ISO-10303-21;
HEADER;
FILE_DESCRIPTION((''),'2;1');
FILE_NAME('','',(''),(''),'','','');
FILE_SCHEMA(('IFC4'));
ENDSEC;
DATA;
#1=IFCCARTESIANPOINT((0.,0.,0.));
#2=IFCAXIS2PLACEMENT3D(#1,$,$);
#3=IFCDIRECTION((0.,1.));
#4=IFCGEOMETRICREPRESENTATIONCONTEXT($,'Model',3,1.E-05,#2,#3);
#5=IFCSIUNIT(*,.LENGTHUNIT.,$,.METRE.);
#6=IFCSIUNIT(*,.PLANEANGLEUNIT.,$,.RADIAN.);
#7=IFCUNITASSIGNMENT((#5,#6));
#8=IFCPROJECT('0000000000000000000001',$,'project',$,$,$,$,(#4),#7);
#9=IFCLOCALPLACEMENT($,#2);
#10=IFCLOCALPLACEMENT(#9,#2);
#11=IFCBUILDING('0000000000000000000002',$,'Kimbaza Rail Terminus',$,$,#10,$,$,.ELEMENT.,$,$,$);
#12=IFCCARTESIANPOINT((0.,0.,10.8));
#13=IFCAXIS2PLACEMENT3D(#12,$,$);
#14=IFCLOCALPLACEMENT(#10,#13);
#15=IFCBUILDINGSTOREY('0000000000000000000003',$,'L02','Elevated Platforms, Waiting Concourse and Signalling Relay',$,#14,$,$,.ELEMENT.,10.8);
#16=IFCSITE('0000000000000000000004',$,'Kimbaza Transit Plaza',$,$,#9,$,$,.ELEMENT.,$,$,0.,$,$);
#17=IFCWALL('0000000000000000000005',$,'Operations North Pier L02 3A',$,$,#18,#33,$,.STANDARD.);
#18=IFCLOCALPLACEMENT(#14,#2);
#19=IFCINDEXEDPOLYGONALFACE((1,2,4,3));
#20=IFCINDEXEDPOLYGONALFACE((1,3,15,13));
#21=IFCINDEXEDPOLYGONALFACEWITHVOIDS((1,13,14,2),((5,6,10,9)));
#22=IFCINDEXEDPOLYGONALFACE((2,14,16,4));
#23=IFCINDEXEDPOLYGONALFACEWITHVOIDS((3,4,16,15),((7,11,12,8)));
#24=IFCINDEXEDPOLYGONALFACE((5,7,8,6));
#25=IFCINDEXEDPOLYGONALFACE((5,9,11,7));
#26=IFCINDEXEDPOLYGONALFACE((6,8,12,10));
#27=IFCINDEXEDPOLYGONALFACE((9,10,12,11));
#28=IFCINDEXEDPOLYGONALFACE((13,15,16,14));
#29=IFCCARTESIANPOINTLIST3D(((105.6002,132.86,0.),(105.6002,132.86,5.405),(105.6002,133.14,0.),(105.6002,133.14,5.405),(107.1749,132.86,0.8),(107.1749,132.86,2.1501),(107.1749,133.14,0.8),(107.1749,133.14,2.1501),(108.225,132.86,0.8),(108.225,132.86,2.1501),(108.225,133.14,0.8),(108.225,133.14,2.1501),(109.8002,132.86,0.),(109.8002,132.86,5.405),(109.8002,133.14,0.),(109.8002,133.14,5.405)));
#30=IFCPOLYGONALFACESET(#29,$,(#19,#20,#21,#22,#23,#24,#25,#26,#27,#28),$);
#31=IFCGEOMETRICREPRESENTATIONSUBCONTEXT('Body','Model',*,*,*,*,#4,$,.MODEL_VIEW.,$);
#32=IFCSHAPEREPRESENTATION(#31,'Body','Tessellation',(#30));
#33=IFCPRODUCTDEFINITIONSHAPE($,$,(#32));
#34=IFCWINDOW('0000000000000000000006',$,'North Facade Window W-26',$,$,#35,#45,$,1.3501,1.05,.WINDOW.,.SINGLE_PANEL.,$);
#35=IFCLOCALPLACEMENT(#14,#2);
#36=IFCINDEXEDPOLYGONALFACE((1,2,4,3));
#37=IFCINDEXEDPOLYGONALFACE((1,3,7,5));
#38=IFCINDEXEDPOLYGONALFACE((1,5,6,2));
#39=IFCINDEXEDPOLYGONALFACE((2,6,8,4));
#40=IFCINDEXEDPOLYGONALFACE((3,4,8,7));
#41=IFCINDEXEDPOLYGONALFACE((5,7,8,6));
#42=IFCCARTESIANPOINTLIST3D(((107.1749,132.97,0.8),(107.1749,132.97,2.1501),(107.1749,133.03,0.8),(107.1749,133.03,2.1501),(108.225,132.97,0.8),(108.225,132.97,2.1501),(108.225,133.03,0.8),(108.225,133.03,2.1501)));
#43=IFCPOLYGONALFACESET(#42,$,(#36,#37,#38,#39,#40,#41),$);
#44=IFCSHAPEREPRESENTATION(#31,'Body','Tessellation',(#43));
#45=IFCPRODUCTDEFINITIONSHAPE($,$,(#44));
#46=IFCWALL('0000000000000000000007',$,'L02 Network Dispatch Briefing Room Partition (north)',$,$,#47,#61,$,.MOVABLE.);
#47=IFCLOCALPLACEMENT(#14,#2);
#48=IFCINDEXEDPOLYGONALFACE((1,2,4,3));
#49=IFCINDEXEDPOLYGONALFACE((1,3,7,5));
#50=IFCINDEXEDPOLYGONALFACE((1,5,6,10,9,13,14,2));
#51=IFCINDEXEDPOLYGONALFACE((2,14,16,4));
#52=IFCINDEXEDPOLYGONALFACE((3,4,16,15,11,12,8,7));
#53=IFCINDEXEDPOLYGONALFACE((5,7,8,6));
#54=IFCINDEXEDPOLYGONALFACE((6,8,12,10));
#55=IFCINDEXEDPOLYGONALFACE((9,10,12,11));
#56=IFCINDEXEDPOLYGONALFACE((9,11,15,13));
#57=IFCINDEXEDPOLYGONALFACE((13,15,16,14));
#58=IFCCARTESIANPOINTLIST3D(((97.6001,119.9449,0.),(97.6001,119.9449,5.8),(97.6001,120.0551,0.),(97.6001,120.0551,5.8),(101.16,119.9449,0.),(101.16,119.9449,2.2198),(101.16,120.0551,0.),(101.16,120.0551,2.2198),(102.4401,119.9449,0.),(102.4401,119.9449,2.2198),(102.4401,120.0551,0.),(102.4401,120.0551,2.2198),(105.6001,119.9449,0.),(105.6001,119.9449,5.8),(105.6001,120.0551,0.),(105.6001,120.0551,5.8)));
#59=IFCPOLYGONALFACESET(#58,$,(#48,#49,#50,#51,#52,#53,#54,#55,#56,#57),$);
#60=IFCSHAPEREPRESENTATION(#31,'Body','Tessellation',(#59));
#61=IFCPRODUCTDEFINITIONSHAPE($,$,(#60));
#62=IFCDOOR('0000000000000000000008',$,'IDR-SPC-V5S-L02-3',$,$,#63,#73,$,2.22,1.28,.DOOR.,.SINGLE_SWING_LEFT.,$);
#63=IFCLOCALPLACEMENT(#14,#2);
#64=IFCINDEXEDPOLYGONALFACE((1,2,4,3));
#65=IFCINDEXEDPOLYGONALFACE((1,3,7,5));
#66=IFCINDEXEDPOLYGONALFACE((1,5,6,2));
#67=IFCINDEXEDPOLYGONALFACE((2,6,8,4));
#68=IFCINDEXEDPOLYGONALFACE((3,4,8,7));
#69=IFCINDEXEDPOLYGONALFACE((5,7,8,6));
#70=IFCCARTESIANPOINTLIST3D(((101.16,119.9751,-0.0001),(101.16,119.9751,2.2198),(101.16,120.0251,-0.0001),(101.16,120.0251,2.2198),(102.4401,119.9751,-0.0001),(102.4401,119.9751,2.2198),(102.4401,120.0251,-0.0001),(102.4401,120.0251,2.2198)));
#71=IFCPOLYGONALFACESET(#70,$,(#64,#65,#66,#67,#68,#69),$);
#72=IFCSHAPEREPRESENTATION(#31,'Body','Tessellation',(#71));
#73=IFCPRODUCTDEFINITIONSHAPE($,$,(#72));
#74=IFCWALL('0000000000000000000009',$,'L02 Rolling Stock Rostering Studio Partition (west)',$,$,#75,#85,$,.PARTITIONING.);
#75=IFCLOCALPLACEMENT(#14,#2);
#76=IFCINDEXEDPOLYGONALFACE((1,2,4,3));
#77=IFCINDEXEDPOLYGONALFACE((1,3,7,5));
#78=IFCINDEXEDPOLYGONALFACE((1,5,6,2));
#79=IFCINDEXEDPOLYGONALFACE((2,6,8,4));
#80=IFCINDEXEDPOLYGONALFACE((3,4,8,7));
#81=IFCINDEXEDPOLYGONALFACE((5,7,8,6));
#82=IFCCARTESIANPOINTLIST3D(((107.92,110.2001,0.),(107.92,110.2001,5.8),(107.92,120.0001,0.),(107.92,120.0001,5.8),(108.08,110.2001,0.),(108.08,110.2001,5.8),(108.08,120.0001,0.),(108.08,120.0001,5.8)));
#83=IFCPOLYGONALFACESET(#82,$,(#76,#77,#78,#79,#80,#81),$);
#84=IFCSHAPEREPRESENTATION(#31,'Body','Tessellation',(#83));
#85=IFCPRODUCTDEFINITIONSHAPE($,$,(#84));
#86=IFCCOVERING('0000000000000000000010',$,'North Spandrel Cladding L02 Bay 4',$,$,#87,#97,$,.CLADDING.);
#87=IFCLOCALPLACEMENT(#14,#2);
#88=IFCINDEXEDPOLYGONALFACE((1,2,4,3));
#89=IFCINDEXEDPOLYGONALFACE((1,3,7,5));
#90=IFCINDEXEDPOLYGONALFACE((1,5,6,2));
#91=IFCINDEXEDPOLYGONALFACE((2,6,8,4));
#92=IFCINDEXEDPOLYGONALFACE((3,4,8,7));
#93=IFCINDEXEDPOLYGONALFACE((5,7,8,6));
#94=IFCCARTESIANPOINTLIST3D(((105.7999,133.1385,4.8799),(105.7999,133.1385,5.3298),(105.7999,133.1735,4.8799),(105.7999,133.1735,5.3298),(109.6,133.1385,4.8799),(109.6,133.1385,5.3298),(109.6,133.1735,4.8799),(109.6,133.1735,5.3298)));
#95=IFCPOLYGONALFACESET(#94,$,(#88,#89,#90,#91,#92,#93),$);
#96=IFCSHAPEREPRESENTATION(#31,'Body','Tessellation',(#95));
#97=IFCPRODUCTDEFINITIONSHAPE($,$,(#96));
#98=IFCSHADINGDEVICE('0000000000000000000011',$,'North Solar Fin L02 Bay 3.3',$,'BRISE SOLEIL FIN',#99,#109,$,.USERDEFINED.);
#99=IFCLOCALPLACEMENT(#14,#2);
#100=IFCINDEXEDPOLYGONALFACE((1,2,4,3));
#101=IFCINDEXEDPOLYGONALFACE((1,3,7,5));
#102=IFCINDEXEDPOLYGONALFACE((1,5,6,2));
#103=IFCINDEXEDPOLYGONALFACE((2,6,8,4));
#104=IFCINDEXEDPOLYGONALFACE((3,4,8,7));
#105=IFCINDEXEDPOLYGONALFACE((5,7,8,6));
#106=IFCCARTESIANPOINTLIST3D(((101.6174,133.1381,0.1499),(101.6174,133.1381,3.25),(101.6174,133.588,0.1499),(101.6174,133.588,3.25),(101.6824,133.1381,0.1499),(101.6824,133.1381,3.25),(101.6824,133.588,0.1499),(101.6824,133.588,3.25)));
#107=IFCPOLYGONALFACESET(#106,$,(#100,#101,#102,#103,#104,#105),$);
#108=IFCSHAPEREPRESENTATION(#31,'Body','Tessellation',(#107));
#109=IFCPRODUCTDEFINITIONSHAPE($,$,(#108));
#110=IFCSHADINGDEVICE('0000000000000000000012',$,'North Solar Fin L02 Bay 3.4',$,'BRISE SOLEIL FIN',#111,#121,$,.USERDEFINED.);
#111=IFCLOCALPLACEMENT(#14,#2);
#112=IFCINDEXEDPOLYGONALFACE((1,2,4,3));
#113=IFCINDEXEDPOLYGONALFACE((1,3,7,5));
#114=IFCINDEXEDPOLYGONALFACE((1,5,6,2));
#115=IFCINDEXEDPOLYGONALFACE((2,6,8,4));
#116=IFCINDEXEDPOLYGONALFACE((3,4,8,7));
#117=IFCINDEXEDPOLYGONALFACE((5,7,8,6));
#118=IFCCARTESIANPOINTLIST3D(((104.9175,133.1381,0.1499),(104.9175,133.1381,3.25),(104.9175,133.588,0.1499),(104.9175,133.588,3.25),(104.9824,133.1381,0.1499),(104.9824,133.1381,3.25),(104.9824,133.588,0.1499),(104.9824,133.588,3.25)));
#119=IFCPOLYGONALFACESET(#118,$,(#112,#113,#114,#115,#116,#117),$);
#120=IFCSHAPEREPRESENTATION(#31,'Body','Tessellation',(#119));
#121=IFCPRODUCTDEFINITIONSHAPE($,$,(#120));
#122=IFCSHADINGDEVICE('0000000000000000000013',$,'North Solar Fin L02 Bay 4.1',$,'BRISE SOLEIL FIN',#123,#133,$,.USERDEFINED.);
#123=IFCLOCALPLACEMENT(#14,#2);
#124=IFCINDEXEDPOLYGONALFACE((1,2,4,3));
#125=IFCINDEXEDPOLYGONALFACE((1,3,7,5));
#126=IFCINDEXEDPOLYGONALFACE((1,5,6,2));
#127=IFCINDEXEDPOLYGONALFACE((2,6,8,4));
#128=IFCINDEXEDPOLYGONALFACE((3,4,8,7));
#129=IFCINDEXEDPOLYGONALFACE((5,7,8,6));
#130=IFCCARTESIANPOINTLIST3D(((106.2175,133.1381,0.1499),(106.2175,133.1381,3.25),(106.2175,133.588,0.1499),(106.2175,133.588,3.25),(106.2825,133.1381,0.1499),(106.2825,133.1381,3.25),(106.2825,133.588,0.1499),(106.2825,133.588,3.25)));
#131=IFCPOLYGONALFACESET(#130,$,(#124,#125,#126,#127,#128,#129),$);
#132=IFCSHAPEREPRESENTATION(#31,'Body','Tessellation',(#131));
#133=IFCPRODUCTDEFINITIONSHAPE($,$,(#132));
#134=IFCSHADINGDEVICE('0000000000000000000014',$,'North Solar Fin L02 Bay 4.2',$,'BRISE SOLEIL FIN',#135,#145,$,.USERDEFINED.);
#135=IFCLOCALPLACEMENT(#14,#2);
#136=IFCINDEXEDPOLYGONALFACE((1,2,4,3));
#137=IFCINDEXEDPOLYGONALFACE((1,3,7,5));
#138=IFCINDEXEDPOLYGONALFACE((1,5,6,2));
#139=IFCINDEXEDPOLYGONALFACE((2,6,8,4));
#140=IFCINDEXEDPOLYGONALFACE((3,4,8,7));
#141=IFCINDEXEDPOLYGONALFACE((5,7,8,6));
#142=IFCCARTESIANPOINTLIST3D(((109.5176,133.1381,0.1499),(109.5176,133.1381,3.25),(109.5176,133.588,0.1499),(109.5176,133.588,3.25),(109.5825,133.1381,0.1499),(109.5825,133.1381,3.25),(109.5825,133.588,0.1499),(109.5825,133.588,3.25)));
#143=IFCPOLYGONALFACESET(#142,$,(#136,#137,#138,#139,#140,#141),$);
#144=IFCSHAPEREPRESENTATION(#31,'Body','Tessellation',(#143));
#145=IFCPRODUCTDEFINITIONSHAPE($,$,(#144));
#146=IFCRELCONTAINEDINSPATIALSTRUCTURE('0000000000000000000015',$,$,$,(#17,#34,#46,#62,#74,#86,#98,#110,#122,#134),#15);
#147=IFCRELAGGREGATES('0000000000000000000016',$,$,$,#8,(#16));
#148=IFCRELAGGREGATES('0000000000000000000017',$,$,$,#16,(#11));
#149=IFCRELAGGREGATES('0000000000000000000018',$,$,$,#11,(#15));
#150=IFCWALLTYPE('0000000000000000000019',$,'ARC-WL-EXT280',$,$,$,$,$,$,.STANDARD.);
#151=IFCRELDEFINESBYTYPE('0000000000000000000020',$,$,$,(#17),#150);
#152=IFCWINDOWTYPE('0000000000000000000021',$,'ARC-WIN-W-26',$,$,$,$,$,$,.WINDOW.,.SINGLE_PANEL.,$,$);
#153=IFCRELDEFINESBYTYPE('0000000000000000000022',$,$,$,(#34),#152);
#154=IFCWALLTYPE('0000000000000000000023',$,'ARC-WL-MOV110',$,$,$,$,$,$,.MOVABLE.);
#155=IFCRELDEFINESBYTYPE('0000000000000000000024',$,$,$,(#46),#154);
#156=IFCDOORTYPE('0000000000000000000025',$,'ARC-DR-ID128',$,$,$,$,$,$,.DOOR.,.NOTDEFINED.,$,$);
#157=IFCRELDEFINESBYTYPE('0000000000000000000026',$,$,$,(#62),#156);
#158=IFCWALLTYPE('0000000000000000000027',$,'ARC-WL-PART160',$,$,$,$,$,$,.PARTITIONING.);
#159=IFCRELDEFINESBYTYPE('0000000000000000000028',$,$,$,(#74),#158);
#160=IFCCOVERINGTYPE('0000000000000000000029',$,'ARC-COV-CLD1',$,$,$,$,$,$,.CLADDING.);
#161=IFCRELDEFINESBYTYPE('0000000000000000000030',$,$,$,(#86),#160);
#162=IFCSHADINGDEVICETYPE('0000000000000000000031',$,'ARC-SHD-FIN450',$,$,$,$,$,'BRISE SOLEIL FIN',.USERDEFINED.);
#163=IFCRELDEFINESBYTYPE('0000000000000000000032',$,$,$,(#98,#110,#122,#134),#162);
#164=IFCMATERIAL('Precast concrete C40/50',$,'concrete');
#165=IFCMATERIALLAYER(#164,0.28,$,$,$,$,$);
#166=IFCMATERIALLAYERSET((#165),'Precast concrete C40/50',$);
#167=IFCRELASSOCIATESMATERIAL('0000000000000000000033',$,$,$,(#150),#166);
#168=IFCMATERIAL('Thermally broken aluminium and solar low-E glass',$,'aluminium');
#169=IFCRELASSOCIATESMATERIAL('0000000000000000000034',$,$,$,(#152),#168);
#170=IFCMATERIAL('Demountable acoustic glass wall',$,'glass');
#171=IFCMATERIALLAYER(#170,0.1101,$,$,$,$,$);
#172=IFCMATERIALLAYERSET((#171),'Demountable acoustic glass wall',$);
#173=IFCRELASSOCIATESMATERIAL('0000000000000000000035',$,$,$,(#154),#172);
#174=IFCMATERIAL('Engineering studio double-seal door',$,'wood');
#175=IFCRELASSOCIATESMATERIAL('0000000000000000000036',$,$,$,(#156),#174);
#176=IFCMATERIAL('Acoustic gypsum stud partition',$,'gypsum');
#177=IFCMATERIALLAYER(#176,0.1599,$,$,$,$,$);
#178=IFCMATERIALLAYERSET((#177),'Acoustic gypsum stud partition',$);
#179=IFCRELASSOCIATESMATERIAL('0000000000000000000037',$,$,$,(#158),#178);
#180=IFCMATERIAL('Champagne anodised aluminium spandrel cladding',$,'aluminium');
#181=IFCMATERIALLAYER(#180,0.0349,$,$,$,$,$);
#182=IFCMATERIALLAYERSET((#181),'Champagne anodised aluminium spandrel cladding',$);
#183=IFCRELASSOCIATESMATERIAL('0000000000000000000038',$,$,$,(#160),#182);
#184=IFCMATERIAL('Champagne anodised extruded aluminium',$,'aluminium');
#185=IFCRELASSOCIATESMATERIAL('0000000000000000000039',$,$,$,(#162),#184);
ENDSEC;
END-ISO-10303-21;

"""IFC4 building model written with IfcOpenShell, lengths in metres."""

from ifc_helpers import new_model, si_unit, direction, frame, frame_2d, origin, origin_2d, place, context, subcontext, project, spatial, rectangle, extrude, material, layer, layer_set, type_object, element, fill, save


model = new_model("IFC4")

# Units and contexts
model_context = context("Model", 3, precision=1e-05, world=origin(), true_north=direction((0.0, 1.0)))
body_context = subcontext(model_context, "Body", "Model", "MODEL_VIEW")
ifc_project = project(units=[si_unit("LENGTHUNIT", "METRE"), si_unit("PLANEANGLEUNIT", "RADIAN")], contexts=[model_context])

# Site, building, storey
site_placement = place(None, origin())
site = spatial("IfcSite", under=ifc_project, at=site_placement, Name="Kimbaza Transit Plaza", CompositionType="ELEMENT", RefElevation=0.0)
building_placement = place(site_placement, origin())
building = spatial("IfcBuilding", under=site, at=building_placement, Name="Kimbaza Rail Terminus", CompositionType="ELEMENT")
storey_placement = place(building_placement, frame((0.0, 0.0, 10.8)))
storey = spatial("IfcBuildingStorey", under=building, at=storey_placement, Name="L02", Description="Elevated Platforms, Waiting Concourse and Signalling Relay", CompositionType="ELEMENT", Elevation=10.8)

# Wall, opening, window
ifc_material_1 = material(Name="Precast concrete C40/50", Category="concrete")
ifc_layer_1 = layer(ifc_material_1, 0.28)
ifc_layer_set_1 = layer_set([ifc_layer_1], Name="Precast concrete C40/50")
wall_type_1 = type_object("IfcWallType", Name="ARC-WL-EXT280", PredefinedType="STANDARD", material=ifc_layer_set_1)
wall_1_placement = place(storey_placement, frame((105.6001, 133.0, 0.0), z_axis=(0.0, 0.0, 1.0), x_axis=(1.0, 0.0, 0.0)))
wall_1 = element("IfcWall", 1, at=wall_1_placement, inside=storey, type_object=wall_type_1, Name="Operations North Pier L02 3A", PredefinedType="STANDARD", context=body_context, shape_type="SweptSolid", body=[
    extrude(rectangle(XDim=4.2, YDim=0.28, at=frame_2d((2.1001, 0.0))), origin(), (0.0, 0.0, 1.0), 5.405),
])
opening_1_placement = place(wall_1_placement, frame((1.575, 0.0, 0.8)))
opening_1 = element("IfcOpeningElement", 2, at=opening_1_placement, cuts=wall_1, PredefinedType="OPENING", context=body_context, shape_type="SweptSolid", body=[
    extrude(rectangle(XDim=1.05, YDim=1.3501, at=frame_2d((0.5249, 0.675))), frame((0.0, 0.1499, 0.0), z_axis=(0.0, -1.0, 0.0), x_axis=(1.0, 0.0, 0.0)), (0.0, 0.0, 1.0), 0.3),
])
ifc_material_2 = material(Name="Thermally broken aluminium and solar low-E glass", Category="aluminium")
window_type_1 = type_object("IfcWindowType", Name="ARC-WIN-W-26", PartitioningType="SINGLE_PANEL", PredefinedType="WINDOW", material=ifc_material_2)
window_1_placement = place(opening_1_placement, origin())
window_1 = element("IfcWindow", 3, at=window_1_placement, inside=storey, type_object=window_type_1, Name="North Facade Window W-26", OverallHeight=1.3501, OverallWidth=1.05, PartitioningType="SINGLE_PANEL", PredefinedType="WINDOW", context=body_context, shape_type="SweptSolid", body=[
    extrude(rectangle(XDim=1.05, YDim=1.3501, at=frame_2d((0.5249, 0.675))), frame((0.0, 0.03, 0.0), z_axis=(0.0, -1.0, 0.0), x_axis=(1.0, 0.0, 0.0)), (0.0, 0.0, 1.0), 0.0601),
])
fill(opening_1, window_1)

# Wall, opening, door
ifc_material_3 = material(Name="Demountable acoustic glass wall", Category="glass")
ifc_layer_2 = layer(ifc_material_3, 0.1101)
ifc_layer_set_2 = layer_set([ifc_layer_2], Name="Demountable acoustic glass wall")
wall_type_2 = type_object("IfcWallType", Name="ARC-WL-MOV110", PredefinedType="MOVABLE", material=ifc_layer_set_2)
wall_2_placement = place(storey_placement, frame((105.6001, 120.0, 0.0), z_axis=(0.0, 0.0, 1.0), x_axis=(-1.0, 0.0, 0.0)))
wall_2 = element("IfcWall", 4, at=wall_2_placement, inside=storey, type_object=wall_type_2, Name="L02 Network Dispatch Briefing Room Partition (north)", PredefinedType="MOVABLE", context=body_context, shape_type="SweptSolid", body=[
    extrude(rectangle(XDim=8.0, YDim=0.1101, at=frame_2d((4.0, 0.0))), origin(), (0.0, 0.0, 1.0), 5.8),
])
opening_2_placement = place(wall_2_placement, frame((3.1599, 0.0, 0.0)))
opening_2 = element("IfcOpeningElement", 5, at=opening_2_placement, cuts=wall_2, PredefinedType="OPENING", context=body_context, shape_type="SweptSolid", body=[
    extrude(rectangle(XDim=1.28, YDim=2.22, at=frame_2d((0.6401, 1.1099))), frame((0.0, 0.0649, 0.0), z_axis=(0.0, -1.0, 0.0), x_axis=(1.0, 0.0, 0.0)), (0.0, 0.0, 1.0), 0.1301),
])
ifc_material_4 = material(Name="Engineering studio double-seal door", Category="wood")
door_type = type_object("IfcDoorType", Name="ARC-DR-ID128", OperationType="NOTDEFINED", PredefinedType="DOOR", material=ifc_material_4)
door_placement = place(opening_2_placement, origin())
door = element("IfcDoor", 6, at=door_placement, inside=storey, type_object=door_type, Name="IDR-SPC-V5S-L02-3", OperationType="SINGLE_SWING_LEFT", OverallHeight=2.22, OverallWidth=1.28, PredefinedType="DOOR", context=body_context, shape_type="SweptSolid", body=[
    extrude(rectangle(XDim=1.28, YDim=2.22, at=frame_2d((0.6401, 1.1099))), frame((0.0, 0.0249, 0.0), z_axis=(0.0, -1.0, 0.0), x_axis=(1.0, 0.0, 0.0)), (0.0, 0.0, 1.0), 0.05),
])
fill(opening_2, door)

# Wall
ifc_material_5 = material(Name="Acoustic gypsum stud partition", Category="gypsum")
ifc_layer_3 = layer(ifc_material_5, 0.1599)
ifc_layer_set_3 = layer_set([ifc_layer_3], Name="Acoustic gypsum stud partition")
wall_type_3 = type_object("IfcWallType", Name="ARC-WL-PART160", PredefinedType="PARTITIONING", material=ifc_layer_set_3)
wall_3_placement = place(storey_placement, frame((108.0, 120.0, 0.0), z_axis=(0.0, 0.0, 1.0), x_axis=(0.0, -1.0, 0.0)))
element("IfcWall", 7, at=wall_3_placement, inside=storey, type_object=wall_type_3, Name="L02 Rolling Stock Rostering Studio Partition (west)", PredefinedType="PARTITIONING", context=body_context, shape_type="SweptSolid", body=[
    extrude(rectangle(XDim=9.8, YDim=0.1599, at=frame_2d((4.8999, 0.0))), origin(), (0.0, 0.0, 1.0), 5.8),
])

# Covering
ifc_material_6 = material(Name="Champagne anodised aluminium spandrel cladding", Category="aluminium")
ifc_layer_4 = layer(ifc_material_6, 0.0349)
ifc_layer_set_4 = layer_set([ifc_layer_4], Name="Champagne anodised aluminium spandrel cladding")
covering_type = type_object("IfcCoveringType", Name="ARC-COV-CLD1", PredefinedType="CLADDING", material=ifc_layer_set_4)
covering_placement = place(storey_placement, frame((107.7, 133.156, 4.8799), z_axis=(0.0, 0.0, 1.0), x_axis=(1.0, 0.0, 0.0)))
element("IfcCovering", 8, at=covering_placement, inside=storey, type_object=covering_type, Name="North Spandrel Cladding L02 Bay 4", PredefinedType="CLADDING", context=body_context, shape_type="SweptSolid", body=[
    extrude(rectangle(XDim=3.8, YDim=0.0349, at=origin_2d()), origin(), (0.0, 0.0, 1.0), 0.45),
])

# Shading devices
ifc_material_7 = material(Name="Champagne anodised extruded aluminium", Category="aluminium")
shading_device_type = type_object("IfcShadingDeviceType", Name="ARC-SHD-FIN450", ElementType="BRISE SOLEIL FIN", PredefinedType="USERDEFINED", material=ifc_material_7)
for number, where, z_axis, x_axis, name in (
    (9, (101.6499, 133.363, 0.1499), (0.0, 0.0, 1.0), (1.0, 0.0, 0.0), "North Solar Fin L02 Bay 3.3"),
    (10, (104.95, 133.363, 0.1499), (0.0, 0.0, 1.0), (1.0, 0.0, 0.0), "North Solar Fin L02 Bay 3.4"),
    (11, (106.25, 133.363, 0.1499), (0.0, 0.0, 1.0), (1.0, 0.0, 0.0), "North Solar Fin L02 Bay 4.1"),
    (12, (109.55, 133.363, 0.1499), (0.0, 0.0, 1.0), (1.0, 0.0, 0.0), "North Solar Fin L02 Bay 4.2"),
):
    element("IfcShadingDevice", number, at=place(storey_placement, frame(where, z_axis=z_axis, x_axis=x_axis)), inside=storey, type_object=shading_device_type, Name=name, ObjectType="BRISE SOLEIL FIN", PredefinedType="USERDEFINED", context=body_context, shape_type="SweptSolid", body=[
        extrude(rectangle(XDim=0.0649, YDim=0.45, at=origin_2d()), origin(), (0.0, 0.0, 1.0), 3.1001),
    ])

save(model, "model.ifc")
